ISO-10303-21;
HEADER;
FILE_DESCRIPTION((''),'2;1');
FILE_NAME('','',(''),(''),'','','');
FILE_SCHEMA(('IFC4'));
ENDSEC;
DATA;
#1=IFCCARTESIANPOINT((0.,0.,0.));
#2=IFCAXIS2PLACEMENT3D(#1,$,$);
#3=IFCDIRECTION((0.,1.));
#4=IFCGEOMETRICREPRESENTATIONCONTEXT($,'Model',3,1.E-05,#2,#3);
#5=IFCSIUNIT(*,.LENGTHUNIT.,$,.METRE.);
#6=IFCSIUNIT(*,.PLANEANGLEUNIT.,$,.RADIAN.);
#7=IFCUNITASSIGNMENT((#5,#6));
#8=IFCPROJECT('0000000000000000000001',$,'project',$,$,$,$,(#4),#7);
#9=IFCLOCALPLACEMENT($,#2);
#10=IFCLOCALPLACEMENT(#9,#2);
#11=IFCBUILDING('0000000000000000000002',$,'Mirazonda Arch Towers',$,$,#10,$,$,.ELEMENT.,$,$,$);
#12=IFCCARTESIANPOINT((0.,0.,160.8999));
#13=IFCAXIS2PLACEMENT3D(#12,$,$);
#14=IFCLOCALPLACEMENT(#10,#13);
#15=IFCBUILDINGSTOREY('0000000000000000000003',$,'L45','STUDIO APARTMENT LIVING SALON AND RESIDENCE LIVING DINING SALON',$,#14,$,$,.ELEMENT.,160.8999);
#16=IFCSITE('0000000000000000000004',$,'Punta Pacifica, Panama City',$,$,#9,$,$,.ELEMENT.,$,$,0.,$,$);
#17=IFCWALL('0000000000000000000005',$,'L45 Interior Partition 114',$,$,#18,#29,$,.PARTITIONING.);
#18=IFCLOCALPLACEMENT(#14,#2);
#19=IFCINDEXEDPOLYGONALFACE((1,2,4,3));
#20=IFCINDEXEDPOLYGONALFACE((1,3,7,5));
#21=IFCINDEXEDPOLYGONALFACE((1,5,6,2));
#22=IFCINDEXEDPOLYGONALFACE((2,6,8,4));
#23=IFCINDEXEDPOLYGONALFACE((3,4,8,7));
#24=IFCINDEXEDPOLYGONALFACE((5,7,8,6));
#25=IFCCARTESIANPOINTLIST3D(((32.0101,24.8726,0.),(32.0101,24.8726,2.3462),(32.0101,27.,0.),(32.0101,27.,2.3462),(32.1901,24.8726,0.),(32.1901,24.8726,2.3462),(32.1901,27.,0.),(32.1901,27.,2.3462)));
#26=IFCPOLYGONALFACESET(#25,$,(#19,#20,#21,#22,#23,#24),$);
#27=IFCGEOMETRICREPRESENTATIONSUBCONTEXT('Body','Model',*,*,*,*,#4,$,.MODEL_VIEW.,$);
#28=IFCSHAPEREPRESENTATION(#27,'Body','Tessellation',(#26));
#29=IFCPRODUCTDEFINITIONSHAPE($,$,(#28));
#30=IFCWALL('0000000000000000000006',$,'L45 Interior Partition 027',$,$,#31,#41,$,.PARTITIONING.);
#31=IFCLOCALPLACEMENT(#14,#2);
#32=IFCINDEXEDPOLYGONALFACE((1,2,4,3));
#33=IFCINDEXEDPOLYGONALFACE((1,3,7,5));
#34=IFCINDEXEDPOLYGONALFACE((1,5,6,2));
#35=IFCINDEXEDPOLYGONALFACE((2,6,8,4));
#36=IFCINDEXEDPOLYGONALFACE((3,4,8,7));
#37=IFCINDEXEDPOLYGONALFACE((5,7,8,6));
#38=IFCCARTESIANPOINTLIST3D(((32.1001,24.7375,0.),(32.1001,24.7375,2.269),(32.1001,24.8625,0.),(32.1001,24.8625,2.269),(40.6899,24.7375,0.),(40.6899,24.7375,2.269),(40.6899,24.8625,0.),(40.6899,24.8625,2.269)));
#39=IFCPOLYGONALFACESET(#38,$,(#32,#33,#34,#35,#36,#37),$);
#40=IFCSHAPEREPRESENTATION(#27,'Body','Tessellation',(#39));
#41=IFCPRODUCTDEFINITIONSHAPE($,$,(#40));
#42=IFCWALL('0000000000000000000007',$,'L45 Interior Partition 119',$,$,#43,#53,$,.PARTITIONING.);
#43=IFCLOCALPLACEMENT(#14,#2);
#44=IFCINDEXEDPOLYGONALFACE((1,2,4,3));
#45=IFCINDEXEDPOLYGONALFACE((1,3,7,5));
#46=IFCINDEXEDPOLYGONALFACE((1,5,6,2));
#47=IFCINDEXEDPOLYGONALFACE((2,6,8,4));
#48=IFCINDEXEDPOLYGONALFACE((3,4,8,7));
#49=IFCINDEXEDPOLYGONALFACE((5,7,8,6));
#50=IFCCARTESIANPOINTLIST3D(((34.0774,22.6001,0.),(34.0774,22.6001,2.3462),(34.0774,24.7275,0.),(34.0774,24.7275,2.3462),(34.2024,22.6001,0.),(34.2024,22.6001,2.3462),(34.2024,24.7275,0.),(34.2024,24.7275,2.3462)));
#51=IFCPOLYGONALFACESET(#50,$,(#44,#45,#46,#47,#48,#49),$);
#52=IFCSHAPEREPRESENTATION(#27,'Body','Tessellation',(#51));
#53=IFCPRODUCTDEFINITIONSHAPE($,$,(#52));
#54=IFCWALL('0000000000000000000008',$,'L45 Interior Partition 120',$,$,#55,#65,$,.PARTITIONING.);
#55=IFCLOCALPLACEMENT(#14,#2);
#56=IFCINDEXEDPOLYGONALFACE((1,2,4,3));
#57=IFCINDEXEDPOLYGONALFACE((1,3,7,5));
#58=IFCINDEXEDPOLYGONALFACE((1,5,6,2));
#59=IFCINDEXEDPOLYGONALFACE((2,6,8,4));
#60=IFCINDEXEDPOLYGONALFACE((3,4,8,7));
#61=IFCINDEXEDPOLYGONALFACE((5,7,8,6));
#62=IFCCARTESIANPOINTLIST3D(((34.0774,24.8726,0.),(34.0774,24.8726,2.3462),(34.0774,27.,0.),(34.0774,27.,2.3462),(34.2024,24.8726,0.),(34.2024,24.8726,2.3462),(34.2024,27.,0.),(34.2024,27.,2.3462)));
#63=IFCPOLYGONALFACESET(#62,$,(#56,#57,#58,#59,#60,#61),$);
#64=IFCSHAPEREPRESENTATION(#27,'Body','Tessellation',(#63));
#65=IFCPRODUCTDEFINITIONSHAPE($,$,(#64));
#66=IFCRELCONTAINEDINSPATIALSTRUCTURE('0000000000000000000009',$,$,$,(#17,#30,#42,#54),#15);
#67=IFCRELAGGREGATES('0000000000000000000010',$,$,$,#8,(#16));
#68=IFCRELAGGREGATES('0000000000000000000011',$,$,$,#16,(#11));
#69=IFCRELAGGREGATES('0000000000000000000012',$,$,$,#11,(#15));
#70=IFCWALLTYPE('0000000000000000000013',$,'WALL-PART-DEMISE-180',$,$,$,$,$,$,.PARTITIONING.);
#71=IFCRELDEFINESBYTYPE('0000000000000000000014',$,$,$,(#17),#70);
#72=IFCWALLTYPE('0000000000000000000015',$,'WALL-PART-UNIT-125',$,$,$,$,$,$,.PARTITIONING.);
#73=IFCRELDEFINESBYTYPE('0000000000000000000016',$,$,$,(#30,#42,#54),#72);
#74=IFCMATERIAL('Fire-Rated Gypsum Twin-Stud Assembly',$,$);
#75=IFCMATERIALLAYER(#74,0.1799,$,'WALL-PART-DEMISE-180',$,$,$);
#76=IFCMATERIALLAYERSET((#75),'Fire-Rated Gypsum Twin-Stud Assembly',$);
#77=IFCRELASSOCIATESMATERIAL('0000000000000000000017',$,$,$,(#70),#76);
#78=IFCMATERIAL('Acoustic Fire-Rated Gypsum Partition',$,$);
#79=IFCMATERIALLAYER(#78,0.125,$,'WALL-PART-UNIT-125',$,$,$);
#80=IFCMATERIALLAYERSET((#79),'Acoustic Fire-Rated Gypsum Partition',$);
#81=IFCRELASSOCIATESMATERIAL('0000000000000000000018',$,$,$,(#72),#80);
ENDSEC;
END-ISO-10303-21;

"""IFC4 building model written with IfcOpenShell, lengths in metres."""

from ifc_helpers import new_model, si_unit, direction, frame, frame_2d, origin, place, context, subcontext, project, spatial, rectangle, extrude, material, layer, layer_set, type_object, element, save


model = new_model("IFC4")

# Units and contexts
model_context = context("Model", 3, precision=1e-05, world=origin(), true_north=direction((0.0, 1.0)))
body_context = subcontext(model_context, "Body", "Model", "MODEL_VIEW")
ifc_project = project(units=[si_unit("LENGTHUNIT", "METRE"), si_unit("PLANEANGLEUNIT", "RADIAN")], contexts=[model_context])

# Site, building, storey
site_placement = place(None, origin())
site = spatial("IfcSite", under=ifc_project, at=site_placement, Name="Punta Pacifica, Panama City", CompositionType="ELEMENT", RefElevation=0.0)
building_placement = place(site_placement, origin())
building = spatial("IfcBuilding", under=site, at=building_placement, Name="Mirazonda Arch Towers", CompositionType="ELEMENT")
storey_placement = place(building_placement, frame((0.0, 0.0, 160.8999)))
storey = spatial("IfcBuildingStorey", under=building, at=storey_placement, Name="L45", Description="STUDIO APARTMENT LIVING SALON AND RESIDENCE LIVING DINING SALON", CompositionType="ELEMENT", Elevation=160.8999)

# Shared definitions
ifc_material_1 = material(Name="Fire-Rated Gypsum Twin-Stud Assembly")
ifc_layer_1 = layer(ifc_material_1, 0.1799, Name="WALL-PART-DEMISE-180")
ifc_layer_set_1 = layer_set([ifc_layer_1], Name="Fire-Rated Gypsum Twin-Stud Assembly")
wall_type_1 = type_object("IfcWallType", Name="WALL-PART-DEMISE-180", PredefinedType="PARTITIONING", material=ifc_layer_set_1)

# Walls
for number, where, z_axis, x_axis, name in (
    (1, (32.1001, 24.8726, 0.0), (0.0, 0.0, 1.0), (0.0, 1.0, 0.0), "L45 Interior Partition 114"),
):
    element("IfcWall", number, at=place(storey_placement, frame(where, z_axis=z_axis, x_axis=x_axis)), inside=storey, type_object=wall_type_1, Name=name, PredefinedType="PARTITIONING", context=body_context, shape_type="SweptSolid", body=[
        extrude(rectangle(XDim=2.1274, YDim=0.1799, at=frame_2d((1.0637, 0.0))), origin(), (0.0, 0.0, 1.0), 2.3462),
    ])
ifc_material_2 = material(Name="Acoustic Fire-Rated Gypsum Partition")
ifc_layer_2 = layer(ifc_material_2, 0.125, Name="WALL-PART-UNIT-125")
ifc_layer_set_2 = layer_set([ifc_layer_2], Name="Acoustic Fire-Rated Gypsum Partition")
wall_type_2 = type_object("IfcWallType", Name="WALL-PART-UNIT-125", PredefinedType="PARTITIONING", material=ifc_layer_set_2)
wall_1_placement = place(storey_placement, frame((32.1001, 24.8, 0.0), z_axis=(0.0, 0.0, 1.0), x_axis=(1.0, 0.0, 0.0)))
element("IfcWall", 2, at=wall_1_placement, inside=storey, type_object=wall_type_2, Name="L45 Interior Partition 027", PredefinedType="PARTITIONING", context=body_context, shape_type="SweptSolid", body=[
    extrude(rectangle(XDim=8.5898, YDim=0.125, at=frame_2d((4.2949, 0.0))), origin(), (0.0, 0.0, 1.0), 2.269),
])
for number, where, z_axis, x_axis, name in (
    (3, (34.1399, 22.6001, 0.0), (0.0, 0.0, 1.0), (0.0, 1.0, 0.0), "L45 Interior Partition 119"),
    (4, (34.1399, 24.8726, 0.0), (0.0, 0.0, 1.0), (0.0, 1.0, 0.0), "L45 Interior Partition 120"),
):
    element("IfcWall", number, at=place(storey_placement, frame(where, z_axis=z_axis, x_axis=x_axis)), inside=storey, type_object=wall_type_2, Name=name, PredefinedType="PARTITIONING", context=body_context, shape_type="SweptSolid", body=[
        extrude(rectangle(XDim=2.1274, YDim=0.125, at=frame_2d((1.0637, 0.0))), origin(), (0.0, 0.0, 1.0), 2.3462),
    ])

save(model, "model.ifc")
